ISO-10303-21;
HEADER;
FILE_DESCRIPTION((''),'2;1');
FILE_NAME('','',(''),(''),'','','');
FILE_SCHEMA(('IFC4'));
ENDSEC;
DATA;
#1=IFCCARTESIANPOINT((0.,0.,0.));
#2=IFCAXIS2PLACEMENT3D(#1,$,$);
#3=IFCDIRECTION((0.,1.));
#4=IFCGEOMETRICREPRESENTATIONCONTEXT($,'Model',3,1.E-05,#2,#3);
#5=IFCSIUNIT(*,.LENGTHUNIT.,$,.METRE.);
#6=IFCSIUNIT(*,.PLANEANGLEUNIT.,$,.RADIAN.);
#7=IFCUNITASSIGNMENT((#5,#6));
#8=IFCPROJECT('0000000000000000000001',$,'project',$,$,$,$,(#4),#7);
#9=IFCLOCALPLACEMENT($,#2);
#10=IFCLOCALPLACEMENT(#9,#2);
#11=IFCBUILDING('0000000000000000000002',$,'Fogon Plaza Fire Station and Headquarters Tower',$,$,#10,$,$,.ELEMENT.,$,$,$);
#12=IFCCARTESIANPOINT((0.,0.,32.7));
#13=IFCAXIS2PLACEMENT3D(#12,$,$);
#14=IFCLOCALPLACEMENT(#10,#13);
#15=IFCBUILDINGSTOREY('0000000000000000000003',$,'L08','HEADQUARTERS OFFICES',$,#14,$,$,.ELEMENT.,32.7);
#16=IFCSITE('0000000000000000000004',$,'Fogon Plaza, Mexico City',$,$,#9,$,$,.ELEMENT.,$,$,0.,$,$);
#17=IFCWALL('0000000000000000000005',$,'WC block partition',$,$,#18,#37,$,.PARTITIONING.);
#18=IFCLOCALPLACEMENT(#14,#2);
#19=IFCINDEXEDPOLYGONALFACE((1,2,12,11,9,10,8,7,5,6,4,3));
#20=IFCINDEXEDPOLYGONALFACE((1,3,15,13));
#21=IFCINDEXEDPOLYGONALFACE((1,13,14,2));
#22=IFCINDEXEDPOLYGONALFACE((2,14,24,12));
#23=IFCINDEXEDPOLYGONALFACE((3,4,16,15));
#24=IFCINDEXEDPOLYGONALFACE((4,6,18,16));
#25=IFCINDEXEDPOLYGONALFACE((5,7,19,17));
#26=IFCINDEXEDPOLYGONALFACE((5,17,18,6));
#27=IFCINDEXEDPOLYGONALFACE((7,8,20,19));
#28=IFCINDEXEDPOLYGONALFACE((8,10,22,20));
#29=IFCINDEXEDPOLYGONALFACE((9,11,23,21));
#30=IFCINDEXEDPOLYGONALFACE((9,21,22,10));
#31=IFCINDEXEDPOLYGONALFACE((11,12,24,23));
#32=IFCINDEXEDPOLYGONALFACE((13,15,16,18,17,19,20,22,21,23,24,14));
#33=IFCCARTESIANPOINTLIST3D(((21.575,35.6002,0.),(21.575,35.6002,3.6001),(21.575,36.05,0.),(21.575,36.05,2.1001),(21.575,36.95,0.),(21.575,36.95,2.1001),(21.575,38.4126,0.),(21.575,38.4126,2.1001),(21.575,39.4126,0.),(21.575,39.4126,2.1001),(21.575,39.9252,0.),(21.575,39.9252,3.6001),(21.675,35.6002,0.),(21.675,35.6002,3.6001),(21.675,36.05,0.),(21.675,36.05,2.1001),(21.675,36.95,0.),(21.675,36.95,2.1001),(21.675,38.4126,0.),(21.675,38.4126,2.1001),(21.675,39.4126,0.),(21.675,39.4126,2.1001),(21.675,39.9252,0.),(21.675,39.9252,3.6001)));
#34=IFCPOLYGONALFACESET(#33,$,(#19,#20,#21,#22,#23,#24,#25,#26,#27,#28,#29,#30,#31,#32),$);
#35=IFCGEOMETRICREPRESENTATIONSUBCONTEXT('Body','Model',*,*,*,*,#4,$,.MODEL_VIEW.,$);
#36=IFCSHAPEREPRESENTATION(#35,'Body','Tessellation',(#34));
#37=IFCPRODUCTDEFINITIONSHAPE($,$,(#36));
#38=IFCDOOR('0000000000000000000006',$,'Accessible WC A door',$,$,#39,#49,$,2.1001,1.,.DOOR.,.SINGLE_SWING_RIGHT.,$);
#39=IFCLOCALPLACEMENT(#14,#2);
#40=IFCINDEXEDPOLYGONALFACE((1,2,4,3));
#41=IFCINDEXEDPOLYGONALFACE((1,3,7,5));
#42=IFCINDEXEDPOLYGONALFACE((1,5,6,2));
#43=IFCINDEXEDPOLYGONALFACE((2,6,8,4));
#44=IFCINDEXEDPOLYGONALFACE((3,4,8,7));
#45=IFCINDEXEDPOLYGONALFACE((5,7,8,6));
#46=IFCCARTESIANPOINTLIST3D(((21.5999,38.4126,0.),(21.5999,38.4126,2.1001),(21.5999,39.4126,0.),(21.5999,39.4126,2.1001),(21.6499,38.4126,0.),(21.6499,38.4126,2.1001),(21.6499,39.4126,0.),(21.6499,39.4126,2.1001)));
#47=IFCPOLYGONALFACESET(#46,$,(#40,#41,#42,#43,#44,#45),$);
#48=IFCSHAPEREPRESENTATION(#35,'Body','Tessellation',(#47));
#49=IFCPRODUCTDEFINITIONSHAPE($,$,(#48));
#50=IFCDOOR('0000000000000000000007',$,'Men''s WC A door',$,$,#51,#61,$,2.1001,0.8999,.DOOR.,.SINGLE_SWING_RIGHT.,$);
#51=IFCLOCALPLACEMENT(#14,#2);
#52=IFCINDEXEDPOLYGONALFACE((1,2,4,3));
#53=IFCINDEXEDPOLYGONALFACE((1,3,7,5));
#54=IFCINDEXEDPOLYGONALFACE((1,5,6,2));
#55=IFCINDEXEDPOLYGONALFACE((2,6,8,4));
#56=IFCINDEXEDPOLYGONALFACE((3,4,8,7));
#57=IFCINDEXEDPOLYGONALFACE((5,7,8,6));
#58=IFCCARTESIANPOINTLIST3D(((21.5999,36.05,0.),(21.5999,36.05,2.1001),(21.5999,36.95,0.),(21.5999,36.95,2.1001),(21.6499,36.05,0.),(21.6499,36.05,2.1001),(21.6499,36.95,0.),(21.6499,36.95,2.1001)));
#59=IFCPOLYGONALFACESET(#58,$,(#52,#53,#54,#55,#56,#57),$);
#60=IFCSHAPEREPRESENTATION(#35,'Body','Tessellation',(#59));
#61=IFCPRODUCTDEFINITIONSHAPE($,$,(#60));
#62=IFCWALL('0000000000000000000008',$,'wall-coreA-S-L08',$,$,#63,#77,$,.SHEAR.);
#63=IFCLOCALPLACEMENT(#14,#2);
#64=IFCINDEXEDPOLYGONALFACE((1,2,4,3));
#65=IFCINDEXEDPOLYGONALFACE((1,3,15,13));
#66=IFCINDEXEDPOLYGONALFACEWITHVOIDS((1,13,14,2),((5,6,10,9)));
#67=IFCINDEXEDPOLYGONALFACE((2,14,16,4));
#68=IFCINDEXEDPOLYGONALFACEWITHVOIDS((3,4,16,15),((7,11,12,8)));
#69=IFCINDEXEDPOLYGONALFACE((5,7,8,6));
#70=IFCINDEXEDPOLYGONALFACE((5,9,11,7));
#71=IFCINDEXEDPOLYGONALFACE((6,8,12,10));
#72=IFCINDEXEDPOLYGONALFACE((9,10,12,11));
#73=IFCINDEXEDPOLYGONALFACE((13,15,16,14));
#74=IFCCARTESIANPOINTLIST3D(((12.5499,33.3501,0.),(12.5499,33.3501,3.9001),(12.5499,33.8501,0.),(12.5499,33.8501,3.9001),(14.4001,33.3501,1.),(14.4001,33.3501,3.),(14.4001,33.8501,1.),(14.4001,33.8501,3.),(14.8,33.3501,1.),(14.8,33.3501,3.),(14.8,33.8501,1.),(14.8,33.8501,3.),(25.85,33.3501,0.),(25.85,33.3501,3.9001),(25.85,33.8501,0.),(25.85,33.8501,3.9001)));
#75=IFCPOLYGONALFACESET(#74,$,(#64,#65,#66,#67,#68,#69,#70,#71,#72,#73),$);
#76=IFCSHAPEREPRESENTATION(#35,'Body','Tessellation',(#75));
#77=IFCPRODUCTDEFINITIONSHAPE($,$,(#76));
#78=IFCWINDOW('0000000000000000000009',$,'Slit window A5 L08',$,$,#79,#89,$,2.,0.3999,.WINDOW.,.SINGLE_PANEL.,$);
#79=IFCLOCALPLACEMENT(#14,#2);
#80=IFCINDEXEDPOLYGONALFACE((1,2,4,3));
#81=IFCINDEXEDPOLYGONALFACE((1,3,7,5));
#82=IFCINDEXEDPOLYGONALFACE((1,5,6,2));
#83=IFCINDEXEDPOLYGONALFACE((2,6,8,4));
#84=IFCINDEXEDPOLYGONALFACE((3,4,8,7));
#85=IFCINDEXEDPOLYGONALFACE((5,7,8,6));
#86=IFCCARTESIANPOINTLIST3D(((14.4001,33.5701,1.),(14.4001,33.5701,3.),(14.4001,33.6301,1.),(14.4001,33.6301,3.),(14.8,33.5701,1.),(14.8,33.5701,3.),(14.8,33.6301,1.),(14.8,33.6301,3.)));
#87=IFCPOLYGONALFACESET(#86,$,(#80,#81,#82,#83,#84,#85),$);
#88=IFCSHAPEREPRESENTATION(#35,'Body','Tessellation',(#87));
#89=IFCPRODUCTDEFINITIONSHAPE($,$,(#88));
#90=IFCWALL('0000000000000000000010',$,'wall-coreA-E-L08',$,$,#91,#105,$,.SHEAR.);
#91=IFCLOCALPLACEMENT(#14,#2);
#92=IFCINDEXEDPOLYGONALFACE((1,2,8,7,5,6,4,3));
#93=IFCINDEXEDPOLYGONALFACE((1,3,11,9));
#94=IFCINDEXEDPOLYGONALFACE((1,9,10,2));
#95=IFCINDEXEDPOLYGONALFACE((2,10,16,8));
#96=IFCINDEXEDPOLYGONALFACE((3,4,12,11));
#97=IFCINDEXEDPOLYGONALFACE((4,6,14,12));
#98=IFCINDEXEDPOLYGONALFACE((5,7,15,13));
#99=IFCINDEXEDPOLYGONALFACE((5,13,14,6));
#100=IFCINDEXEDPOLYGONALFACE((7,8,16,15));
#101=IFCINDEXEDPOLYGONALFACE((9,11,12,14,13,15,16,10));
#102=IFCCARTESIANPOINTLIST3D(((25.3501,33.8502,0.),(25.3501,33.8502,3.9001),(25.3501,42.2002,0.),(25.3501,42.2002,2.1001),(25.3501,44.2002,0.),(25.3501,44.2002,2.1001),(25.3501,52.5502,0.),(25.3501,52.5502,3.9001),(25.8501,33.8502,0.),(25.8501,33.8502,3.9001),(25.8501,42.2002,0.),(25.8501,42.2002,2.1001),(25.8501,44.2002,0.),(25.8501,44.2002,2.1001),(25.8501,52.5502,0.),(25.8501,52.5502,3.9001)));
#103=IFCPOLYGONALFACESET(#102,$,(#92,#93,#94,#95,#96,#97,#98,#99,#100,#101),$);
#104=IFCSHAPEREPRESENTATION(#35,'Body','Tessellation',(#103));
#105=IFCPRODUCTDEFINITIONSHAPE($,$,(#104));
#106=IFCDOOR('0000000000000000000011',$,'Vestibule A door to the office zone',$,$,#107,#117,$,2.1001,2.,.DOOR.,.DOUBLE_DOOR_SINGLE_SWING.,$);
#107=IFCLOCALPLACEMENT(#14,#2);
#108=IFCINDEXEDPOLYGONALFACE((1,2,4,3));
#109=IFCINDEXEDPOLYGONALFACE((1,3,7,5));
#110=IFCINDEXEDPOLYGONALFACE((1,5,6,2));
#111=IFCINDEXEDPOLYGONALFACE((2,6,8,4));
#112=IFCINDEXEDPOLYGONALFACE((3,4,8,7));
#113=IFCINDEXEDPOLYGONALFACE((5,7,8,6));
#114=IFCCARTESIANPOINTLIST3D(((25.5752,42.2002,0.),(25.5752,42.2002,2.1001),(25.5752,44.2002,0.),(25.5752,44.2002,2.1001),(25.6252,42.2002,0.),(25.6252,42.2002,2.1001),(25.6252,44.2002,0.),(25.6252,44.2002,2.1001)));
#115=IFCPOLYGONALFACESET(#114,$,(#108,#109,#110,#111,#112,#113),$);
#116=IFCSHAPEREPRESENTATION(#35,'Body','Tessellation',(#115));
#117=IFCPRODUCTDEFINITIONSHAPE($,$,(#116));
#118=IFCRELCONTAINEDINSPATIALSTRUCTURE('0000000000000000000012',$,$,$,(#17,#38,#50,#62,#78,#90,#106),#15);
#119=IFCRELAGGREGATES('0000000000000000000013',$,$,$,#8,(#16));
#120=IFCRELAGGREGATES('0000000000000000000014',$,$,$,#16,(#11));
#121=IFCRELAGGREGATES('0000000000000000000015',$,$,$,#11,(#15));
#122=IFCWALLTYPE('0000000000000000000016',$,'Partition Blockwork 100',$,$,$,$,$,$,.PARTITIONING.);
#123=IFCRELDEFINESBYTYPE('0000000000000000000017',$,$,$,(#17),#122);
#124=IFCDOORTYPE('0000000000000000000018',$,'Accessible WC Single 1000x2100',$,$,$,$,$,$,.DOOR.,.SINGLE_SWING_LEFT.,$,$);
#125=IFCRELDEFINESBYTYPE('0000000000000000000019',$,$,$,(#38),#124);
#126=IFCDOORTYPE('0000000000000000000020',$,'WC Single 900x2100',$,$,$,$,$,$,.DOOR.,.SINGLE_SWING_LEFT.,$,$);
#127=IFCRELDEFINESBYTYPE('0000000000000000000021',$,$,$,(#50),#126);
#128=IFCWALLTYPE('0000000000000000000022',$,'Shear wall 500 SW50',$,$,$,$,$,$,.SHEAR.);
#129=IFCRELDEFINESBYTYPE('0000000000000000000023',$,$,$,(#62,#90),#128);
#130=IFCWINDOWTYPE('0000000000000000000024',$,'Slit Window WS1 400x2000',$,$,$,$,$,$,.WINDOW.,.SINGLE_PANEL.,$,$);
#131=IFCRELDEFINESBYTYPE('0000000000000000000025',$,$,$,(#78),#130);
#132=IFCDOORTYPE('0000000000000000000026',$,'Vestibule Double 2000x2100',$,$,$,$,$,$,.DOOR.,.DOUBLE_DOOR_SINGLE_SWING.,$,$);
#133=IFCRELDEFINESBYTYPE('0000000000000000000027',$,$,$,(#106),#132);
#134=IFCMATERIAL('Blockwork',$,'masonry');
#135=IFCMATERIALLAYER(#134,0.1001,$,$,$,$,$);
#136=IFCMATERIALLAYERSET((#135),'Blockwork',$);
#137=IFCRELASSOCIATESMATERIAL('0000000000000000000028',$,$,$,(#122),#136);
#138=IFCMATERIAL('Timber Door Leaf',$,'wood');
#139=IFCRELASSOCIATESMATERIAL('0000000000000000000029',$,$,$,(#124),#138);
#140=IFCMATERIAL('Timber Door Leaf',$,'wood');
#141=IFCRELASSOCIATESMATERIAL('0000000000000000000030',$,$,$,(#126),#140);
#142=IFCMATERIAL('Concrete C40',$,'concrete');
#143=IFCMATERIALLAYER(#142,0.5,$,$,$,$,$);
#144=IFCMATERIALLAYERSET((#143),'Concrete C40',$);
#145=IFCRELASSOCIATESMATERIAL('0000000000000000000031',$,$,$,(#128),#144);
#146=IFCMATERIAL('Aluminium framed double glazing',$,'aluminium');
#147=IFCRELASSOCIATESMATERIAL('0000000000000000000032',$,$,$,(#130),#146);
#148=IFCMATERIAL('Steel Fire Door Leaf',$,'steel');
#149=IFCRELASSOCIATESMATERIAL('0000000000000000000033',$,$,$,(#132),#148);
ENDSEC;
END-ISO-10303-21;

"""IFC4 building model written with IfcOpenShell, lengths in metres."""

from ifc_helpers import new_model, si_unit, direction, frame, frame_2d, origin, place, context, subcontext, project, spatial, rectangle, extrude, material, layer, layer_set, type_object, element, fill, save


model = new_model("IFC4")

# Units and contexts
model_context = context("Model", 3, precision=1e-05, world=origin(), true_north=direction((0.0, 1.0)))
body_context = subcontext(model_context, "Body", "Model", "MODEL_VIEW")
ifc_project = project(units=[si_unit("LENGTHUNIT", "METRE"), si_unit("PLANEANGLEUNIT", "RADIAN")], contexts=[model_context])

# Site, building, storey
site_placement = place(None, origin())
site = spatial("IfcSite", under=ifc_project, at=site_placement, Name="Fogon Plaza, Mexico City", CompositionType="ELEMENT", RefElevation=0.0)
building_placement = place(site_placement, origin())
building = spatial("IfcBuilding", under=site, at=building_placement, Name="Fogon Plaza Fire Station and Headquarters Tower", CompositionType="ELEMENT")
storey_placement = place(building_placement, frame((0.0, 0.0, 32.7)))
storey = spatial("IfcBuildingStorey", under=building, at=storey_placement, Name="L08", Description="HEADQUARTERS OFFICES", CompositionType="ELEMENT", Elevation=32.7)

# Shared definitions
ifc_material_1 = material(Name="Blockwork", Category="masonry")
ifc_layer_1 = layer(ifc_material_1, 0.1001)
ifc_layer_set_1 = layer_set([ifc_layer_1], Name="Blockwork")
wall_type_1 = type_object("IfcWallType", Name="Partition Blockwork 100", PredefinedType="PARTITIONING", material=ifc_layer_set_1)

# Wall, openings, doors
wall_1_placement = place(storey_placement, frame((21.625, 35.6001, 0.0), z_axis=(0.0, 0.0, 1.0), x_axis=(0.0, 1.0, 0.0)))
wall_1 = element("IfcWall", 1, at=wall_1_placement, inside=storey, type_object=wall_type_1, Name="WC block partition", PredefinedType="PARTITIONING", context=body_context, shape_type="SweptSolid", body=[
    extrude(rectangle(XDim=4.325, YDim=0.1001, at=frame_2d((2.1626, 0.0))), origin(), (0.0, 0.0, 1.0), 3.6001),
])
opening_1_placement = place(wall_1_placement, frame((0.45, 0.0, 0.0)))
opening_1 = element("IfcOpeningElement", 2, at=opening_1_placement, cuts=wall_1, PredefinedType="OPENING", context=body_context, shape_type="SweptSolid", body=[
    extrude(rectangle(XDim=0.8999, YDim=2.1001, at=frame_2d((0.45, 1.05))), frame((0.0, 0.0601, 0.0), z_axis=(0.0, -1.0, 0.0), x_axis=(1.0, 0.0, 0.0)), (0.0, 0.0, 1.0), 0.1201),
])
opening_2_placement = place(wall_1_placement, frame((2.8125, 0.0, 0.0)))
opening_2 = element("IfcOpeningElement", 3, at=opening_2_placement, cuts=wall_1, PredefinedType="OPENING", context=body_context, shape_type="SweptSolid", body=[
    extrude(rectangle(XDim=1.0, YDim=2.1001, at=frame_2d((0.5, 1.05))), frame((0.0, 0.0601, 0.0), z_axis=(0.0, -1.0, 0.0), x_axis=(1.0, 0.0, 0.0)), (0.0, 0.0, 1.0), 0.1201),
])
ifc_material_2 = material(Name="Timber Door Leaf", Category="wood")
door_type_1 = type_object("IfcDoorType", Name="Accessible WC Single 1000x2100", OperationType="SINGLE_SWING_LEFT", PredefinedType="DOOR", material=ifc_material_2)
door_1_placement = place(opening_2_placement, frame((1.0, 0.0, 0.0), z_axis=(0.0, 0.0, 1.0), x_axis=(-1.0, 0.0, 0.0)))
door_1 = element("IfcDoor", 4, at=door_1_placement, inside=storey, type_object=door_type_1, Name="Accessible WC A door", OperationType="SINGLE_SWING_RIGHT", OverallHeight=2.1001, OverallWidth=1.0, PredefinedType="DOOR", context=body_context, shape_type="SweptSolid", body=[
    extrude(rectangle(XDim=1.0, YDim=2.1001, at=frame_2d((0.5, 1.05))), frame((0.0, 0.0249, 0.0), z_axis=(0.0, -1.0, 0.0), x_axis=(1.0, 0.0, 0.0)), (0.0, 0.0, 1.0), 0.05),
])
fill(opening_2, door_1)
ifc_material_3 = material(Name="Timber Door Leaf", Category="wood")
door_type_2 = type_object("IfcDoorType", Name="WC Single 900x2100", OperationType="SINGLE_SWING_LEFT", PredefinedType="DOOR", material=ifc_material_3)
door_2_placement = place(opening_1_placement, frame((0.8999, 0.0, 0.0), z_axis=(0.0, 0.0, 1.0), x_axis=(-1.0, 0.0, 0.0)))
door_2 = element("IfcDoor", 5, at=door_2_placement, inside=storey, type_object=door_type_2, Name="Men's WC A door", OperationType="SINGLE_SWING_RIGHT", OverallHeight=2.1001, OverallWidth=0.8999, PredefinedType="DOOR", context=body_context, shape_type="SweptSolid", body=[
    extrude(rectangle(XDim=0.8999, YDim=2.1001, at=frame_2d((0.45, 1.05))), frame((0.0, 0.0249, 0.0), z_axis=(0.0, -1.0, 0.0), x_axis=(1.0, 0.0, 0.0)), (0.0, 0.0, 1.0), 0.05),
])
fill(opening_1, door_2)

# Wall, opening, window
ifc_material_4 = material(Name="Concrete C40", Category="concrete")
ifc_layer_2 = layer(ifc_material_4, 0.5)
ifc_layer_set_2 = layer_set([ifc_layer_2], Name="Concrete C40")
wall_type_2 = type_object("IfcWallType", Name="Shear wall 500 SW50", PredefinedType="SHEAR", material=ifc_layer_set_2)
wall_2_placement = place(storey_placement, frame((12.55, 33.6001, 0.0), z_axis=(0.0, 0.0, 1.0), x_axis=(1.0, 0.0, 0.0)))
wall_2 = element("IfcWall", 6, at=wall_2_placement, inside=storey, type_object=wall_type_2, Name="wall-coreA-S-L08", PredefinedType="SHEAR", context=body_context, shape_type="SweptSolid", body=[
    extrude(rectangle(XDim=13.3, YDim=0.5, at=frame_2d((6.6499, 0.0))), origin(), (0.0, 0.0, 1.0), 3.9001),
])
opening_3_placement = place(wall_2_placement, frame((1.8501, 0.0, 1.0)))
opening_3 = element("IfcOpeningElement", 7, at=opening_3_placement, cuts=wall_2, PredefinedType="OPENING", context=body_context, shape_type="SweptSolid", body=[
    extrude(rectangle(XDim=0.3999, YDim=2.0, at=frame_2d((0.2, 1.0))), frame((0.0, 0.26, 0.0), z_axis=(0.0, -1.0, 0.0), x_axis=(1.0, 0.0, 0.0)), (0.0, 0.0, 1.0), 0.52),
])
ifc_material_5 = material(Name="Aluminium framed double glazing", Category="aluminium")
window_type = type_object("IfcWindowType", Name="Slit Window WS1 400x2000", PartitioningType="SINGLE_PANEL", PredefinedType="WINDOW", material=ifc_material_5)
window_1_placement = place(opening_3_placement, origin())
window_1 = element("IfcWindow", 8, at=window_1_placement, inside=storey, type_object=window_type, Name="Slit window A5 L08", OverallHeight=2.0, OverallWidth=0.3999, PartitioningType="SINGLE_PANEL", PredefinedType="WINDOW", context=body_context, shape_type="SweptSolid", body=[
    extrude(rectangle(XDim=0.3999, YDim=2.0, at=frame_2d((0.2, 1.0))), frame((0.0, 0.03, 0.0), z_axis=(0.0, -1.0, 0.0), x_axis=(1.0, 0.0, 0.0)), (0.0, 0.0, 1.0), 0.0601),
])
fill(opening_3, window_1)

# Wall, opening, door
wall_3_placement = place(storey_placement, frame((25.6001, 33.8501, 0.0), z_axis=(0.0, 0.0, 1.0), x_axis=(0.0, 1.0, 0.0)))
wall_3 = element("IfcWall", 9, at=wall_3_placement, inside=storey, type_object=wall_type_2, Name="wall-coreA-E-L08", PredefinedType="SHEAR", context=body_context, shape_type="SweptSolid", body=[
    extrude(rectangle(XDim=18.7, YDim=0.5, at=frame_2d((9.3501, 0.0))), origin(), (0.0, 0.0, 1.0), 3.9001),
])
opening_4_placement = place(wall_3_placement, frame((8.3501, 0.0, 0.0)))
opening_4 = element("IfcOpeningElement", 10, at=opening_4_placement, cuts=wall_3, PredefinedType="OPENING", context=body_context, shape_type="SweptSolid", body=[
    extrude(rectangle(XDim=2.0, YDim=2.1001, at=frame_2d((1.0, 1.05))), frame((0.0, 0.26, 0.0), z_axis=(0.0, -1.0, 0.0), x_axis=(1.0, 0.0, 0.0)), (0.0, 0.0, 1.0), 0.52),
])
ifc_material_6 = material(Name="Steel Fire Door Leaf", Category="steel")
door_type_3 = type_object("IfcDoorType", Name="Vestibule Double 2000x2100", OperationType="DOUBLE_DOOR_SINGLE_SWING", PredefinedType="DOOR", material=ifc_material_6)
door_3_placement = place(opening_4_placement, origin())
door_3 = element("IfcDoor", 11, at=door_3_placement, inside=storey, type_object=door_type_3, Name="Vestibule A door to the office zone", OperationType="DOUBLE_DOOR_SINGLE_SWING", OverallHeight=2.1001, OverallWidth=2.0, PredefinedType="DOOR", context=body_context, shape_type="SweptSolid", body=[
    extrude(rectangle(XDim=2.0, YDim=2.1001, at=frame_2d((1.0, 1.05))), frame((0.0, 0.0249, 0.0), z_axis=(0.0, -1.0, 0.0), x_axis=(1.0, 0.0, 0.0)), (0.0, 0.0, 1.0), 0.05),
])
fill(opening_4, door_3)

save(model, "model.ifc")
